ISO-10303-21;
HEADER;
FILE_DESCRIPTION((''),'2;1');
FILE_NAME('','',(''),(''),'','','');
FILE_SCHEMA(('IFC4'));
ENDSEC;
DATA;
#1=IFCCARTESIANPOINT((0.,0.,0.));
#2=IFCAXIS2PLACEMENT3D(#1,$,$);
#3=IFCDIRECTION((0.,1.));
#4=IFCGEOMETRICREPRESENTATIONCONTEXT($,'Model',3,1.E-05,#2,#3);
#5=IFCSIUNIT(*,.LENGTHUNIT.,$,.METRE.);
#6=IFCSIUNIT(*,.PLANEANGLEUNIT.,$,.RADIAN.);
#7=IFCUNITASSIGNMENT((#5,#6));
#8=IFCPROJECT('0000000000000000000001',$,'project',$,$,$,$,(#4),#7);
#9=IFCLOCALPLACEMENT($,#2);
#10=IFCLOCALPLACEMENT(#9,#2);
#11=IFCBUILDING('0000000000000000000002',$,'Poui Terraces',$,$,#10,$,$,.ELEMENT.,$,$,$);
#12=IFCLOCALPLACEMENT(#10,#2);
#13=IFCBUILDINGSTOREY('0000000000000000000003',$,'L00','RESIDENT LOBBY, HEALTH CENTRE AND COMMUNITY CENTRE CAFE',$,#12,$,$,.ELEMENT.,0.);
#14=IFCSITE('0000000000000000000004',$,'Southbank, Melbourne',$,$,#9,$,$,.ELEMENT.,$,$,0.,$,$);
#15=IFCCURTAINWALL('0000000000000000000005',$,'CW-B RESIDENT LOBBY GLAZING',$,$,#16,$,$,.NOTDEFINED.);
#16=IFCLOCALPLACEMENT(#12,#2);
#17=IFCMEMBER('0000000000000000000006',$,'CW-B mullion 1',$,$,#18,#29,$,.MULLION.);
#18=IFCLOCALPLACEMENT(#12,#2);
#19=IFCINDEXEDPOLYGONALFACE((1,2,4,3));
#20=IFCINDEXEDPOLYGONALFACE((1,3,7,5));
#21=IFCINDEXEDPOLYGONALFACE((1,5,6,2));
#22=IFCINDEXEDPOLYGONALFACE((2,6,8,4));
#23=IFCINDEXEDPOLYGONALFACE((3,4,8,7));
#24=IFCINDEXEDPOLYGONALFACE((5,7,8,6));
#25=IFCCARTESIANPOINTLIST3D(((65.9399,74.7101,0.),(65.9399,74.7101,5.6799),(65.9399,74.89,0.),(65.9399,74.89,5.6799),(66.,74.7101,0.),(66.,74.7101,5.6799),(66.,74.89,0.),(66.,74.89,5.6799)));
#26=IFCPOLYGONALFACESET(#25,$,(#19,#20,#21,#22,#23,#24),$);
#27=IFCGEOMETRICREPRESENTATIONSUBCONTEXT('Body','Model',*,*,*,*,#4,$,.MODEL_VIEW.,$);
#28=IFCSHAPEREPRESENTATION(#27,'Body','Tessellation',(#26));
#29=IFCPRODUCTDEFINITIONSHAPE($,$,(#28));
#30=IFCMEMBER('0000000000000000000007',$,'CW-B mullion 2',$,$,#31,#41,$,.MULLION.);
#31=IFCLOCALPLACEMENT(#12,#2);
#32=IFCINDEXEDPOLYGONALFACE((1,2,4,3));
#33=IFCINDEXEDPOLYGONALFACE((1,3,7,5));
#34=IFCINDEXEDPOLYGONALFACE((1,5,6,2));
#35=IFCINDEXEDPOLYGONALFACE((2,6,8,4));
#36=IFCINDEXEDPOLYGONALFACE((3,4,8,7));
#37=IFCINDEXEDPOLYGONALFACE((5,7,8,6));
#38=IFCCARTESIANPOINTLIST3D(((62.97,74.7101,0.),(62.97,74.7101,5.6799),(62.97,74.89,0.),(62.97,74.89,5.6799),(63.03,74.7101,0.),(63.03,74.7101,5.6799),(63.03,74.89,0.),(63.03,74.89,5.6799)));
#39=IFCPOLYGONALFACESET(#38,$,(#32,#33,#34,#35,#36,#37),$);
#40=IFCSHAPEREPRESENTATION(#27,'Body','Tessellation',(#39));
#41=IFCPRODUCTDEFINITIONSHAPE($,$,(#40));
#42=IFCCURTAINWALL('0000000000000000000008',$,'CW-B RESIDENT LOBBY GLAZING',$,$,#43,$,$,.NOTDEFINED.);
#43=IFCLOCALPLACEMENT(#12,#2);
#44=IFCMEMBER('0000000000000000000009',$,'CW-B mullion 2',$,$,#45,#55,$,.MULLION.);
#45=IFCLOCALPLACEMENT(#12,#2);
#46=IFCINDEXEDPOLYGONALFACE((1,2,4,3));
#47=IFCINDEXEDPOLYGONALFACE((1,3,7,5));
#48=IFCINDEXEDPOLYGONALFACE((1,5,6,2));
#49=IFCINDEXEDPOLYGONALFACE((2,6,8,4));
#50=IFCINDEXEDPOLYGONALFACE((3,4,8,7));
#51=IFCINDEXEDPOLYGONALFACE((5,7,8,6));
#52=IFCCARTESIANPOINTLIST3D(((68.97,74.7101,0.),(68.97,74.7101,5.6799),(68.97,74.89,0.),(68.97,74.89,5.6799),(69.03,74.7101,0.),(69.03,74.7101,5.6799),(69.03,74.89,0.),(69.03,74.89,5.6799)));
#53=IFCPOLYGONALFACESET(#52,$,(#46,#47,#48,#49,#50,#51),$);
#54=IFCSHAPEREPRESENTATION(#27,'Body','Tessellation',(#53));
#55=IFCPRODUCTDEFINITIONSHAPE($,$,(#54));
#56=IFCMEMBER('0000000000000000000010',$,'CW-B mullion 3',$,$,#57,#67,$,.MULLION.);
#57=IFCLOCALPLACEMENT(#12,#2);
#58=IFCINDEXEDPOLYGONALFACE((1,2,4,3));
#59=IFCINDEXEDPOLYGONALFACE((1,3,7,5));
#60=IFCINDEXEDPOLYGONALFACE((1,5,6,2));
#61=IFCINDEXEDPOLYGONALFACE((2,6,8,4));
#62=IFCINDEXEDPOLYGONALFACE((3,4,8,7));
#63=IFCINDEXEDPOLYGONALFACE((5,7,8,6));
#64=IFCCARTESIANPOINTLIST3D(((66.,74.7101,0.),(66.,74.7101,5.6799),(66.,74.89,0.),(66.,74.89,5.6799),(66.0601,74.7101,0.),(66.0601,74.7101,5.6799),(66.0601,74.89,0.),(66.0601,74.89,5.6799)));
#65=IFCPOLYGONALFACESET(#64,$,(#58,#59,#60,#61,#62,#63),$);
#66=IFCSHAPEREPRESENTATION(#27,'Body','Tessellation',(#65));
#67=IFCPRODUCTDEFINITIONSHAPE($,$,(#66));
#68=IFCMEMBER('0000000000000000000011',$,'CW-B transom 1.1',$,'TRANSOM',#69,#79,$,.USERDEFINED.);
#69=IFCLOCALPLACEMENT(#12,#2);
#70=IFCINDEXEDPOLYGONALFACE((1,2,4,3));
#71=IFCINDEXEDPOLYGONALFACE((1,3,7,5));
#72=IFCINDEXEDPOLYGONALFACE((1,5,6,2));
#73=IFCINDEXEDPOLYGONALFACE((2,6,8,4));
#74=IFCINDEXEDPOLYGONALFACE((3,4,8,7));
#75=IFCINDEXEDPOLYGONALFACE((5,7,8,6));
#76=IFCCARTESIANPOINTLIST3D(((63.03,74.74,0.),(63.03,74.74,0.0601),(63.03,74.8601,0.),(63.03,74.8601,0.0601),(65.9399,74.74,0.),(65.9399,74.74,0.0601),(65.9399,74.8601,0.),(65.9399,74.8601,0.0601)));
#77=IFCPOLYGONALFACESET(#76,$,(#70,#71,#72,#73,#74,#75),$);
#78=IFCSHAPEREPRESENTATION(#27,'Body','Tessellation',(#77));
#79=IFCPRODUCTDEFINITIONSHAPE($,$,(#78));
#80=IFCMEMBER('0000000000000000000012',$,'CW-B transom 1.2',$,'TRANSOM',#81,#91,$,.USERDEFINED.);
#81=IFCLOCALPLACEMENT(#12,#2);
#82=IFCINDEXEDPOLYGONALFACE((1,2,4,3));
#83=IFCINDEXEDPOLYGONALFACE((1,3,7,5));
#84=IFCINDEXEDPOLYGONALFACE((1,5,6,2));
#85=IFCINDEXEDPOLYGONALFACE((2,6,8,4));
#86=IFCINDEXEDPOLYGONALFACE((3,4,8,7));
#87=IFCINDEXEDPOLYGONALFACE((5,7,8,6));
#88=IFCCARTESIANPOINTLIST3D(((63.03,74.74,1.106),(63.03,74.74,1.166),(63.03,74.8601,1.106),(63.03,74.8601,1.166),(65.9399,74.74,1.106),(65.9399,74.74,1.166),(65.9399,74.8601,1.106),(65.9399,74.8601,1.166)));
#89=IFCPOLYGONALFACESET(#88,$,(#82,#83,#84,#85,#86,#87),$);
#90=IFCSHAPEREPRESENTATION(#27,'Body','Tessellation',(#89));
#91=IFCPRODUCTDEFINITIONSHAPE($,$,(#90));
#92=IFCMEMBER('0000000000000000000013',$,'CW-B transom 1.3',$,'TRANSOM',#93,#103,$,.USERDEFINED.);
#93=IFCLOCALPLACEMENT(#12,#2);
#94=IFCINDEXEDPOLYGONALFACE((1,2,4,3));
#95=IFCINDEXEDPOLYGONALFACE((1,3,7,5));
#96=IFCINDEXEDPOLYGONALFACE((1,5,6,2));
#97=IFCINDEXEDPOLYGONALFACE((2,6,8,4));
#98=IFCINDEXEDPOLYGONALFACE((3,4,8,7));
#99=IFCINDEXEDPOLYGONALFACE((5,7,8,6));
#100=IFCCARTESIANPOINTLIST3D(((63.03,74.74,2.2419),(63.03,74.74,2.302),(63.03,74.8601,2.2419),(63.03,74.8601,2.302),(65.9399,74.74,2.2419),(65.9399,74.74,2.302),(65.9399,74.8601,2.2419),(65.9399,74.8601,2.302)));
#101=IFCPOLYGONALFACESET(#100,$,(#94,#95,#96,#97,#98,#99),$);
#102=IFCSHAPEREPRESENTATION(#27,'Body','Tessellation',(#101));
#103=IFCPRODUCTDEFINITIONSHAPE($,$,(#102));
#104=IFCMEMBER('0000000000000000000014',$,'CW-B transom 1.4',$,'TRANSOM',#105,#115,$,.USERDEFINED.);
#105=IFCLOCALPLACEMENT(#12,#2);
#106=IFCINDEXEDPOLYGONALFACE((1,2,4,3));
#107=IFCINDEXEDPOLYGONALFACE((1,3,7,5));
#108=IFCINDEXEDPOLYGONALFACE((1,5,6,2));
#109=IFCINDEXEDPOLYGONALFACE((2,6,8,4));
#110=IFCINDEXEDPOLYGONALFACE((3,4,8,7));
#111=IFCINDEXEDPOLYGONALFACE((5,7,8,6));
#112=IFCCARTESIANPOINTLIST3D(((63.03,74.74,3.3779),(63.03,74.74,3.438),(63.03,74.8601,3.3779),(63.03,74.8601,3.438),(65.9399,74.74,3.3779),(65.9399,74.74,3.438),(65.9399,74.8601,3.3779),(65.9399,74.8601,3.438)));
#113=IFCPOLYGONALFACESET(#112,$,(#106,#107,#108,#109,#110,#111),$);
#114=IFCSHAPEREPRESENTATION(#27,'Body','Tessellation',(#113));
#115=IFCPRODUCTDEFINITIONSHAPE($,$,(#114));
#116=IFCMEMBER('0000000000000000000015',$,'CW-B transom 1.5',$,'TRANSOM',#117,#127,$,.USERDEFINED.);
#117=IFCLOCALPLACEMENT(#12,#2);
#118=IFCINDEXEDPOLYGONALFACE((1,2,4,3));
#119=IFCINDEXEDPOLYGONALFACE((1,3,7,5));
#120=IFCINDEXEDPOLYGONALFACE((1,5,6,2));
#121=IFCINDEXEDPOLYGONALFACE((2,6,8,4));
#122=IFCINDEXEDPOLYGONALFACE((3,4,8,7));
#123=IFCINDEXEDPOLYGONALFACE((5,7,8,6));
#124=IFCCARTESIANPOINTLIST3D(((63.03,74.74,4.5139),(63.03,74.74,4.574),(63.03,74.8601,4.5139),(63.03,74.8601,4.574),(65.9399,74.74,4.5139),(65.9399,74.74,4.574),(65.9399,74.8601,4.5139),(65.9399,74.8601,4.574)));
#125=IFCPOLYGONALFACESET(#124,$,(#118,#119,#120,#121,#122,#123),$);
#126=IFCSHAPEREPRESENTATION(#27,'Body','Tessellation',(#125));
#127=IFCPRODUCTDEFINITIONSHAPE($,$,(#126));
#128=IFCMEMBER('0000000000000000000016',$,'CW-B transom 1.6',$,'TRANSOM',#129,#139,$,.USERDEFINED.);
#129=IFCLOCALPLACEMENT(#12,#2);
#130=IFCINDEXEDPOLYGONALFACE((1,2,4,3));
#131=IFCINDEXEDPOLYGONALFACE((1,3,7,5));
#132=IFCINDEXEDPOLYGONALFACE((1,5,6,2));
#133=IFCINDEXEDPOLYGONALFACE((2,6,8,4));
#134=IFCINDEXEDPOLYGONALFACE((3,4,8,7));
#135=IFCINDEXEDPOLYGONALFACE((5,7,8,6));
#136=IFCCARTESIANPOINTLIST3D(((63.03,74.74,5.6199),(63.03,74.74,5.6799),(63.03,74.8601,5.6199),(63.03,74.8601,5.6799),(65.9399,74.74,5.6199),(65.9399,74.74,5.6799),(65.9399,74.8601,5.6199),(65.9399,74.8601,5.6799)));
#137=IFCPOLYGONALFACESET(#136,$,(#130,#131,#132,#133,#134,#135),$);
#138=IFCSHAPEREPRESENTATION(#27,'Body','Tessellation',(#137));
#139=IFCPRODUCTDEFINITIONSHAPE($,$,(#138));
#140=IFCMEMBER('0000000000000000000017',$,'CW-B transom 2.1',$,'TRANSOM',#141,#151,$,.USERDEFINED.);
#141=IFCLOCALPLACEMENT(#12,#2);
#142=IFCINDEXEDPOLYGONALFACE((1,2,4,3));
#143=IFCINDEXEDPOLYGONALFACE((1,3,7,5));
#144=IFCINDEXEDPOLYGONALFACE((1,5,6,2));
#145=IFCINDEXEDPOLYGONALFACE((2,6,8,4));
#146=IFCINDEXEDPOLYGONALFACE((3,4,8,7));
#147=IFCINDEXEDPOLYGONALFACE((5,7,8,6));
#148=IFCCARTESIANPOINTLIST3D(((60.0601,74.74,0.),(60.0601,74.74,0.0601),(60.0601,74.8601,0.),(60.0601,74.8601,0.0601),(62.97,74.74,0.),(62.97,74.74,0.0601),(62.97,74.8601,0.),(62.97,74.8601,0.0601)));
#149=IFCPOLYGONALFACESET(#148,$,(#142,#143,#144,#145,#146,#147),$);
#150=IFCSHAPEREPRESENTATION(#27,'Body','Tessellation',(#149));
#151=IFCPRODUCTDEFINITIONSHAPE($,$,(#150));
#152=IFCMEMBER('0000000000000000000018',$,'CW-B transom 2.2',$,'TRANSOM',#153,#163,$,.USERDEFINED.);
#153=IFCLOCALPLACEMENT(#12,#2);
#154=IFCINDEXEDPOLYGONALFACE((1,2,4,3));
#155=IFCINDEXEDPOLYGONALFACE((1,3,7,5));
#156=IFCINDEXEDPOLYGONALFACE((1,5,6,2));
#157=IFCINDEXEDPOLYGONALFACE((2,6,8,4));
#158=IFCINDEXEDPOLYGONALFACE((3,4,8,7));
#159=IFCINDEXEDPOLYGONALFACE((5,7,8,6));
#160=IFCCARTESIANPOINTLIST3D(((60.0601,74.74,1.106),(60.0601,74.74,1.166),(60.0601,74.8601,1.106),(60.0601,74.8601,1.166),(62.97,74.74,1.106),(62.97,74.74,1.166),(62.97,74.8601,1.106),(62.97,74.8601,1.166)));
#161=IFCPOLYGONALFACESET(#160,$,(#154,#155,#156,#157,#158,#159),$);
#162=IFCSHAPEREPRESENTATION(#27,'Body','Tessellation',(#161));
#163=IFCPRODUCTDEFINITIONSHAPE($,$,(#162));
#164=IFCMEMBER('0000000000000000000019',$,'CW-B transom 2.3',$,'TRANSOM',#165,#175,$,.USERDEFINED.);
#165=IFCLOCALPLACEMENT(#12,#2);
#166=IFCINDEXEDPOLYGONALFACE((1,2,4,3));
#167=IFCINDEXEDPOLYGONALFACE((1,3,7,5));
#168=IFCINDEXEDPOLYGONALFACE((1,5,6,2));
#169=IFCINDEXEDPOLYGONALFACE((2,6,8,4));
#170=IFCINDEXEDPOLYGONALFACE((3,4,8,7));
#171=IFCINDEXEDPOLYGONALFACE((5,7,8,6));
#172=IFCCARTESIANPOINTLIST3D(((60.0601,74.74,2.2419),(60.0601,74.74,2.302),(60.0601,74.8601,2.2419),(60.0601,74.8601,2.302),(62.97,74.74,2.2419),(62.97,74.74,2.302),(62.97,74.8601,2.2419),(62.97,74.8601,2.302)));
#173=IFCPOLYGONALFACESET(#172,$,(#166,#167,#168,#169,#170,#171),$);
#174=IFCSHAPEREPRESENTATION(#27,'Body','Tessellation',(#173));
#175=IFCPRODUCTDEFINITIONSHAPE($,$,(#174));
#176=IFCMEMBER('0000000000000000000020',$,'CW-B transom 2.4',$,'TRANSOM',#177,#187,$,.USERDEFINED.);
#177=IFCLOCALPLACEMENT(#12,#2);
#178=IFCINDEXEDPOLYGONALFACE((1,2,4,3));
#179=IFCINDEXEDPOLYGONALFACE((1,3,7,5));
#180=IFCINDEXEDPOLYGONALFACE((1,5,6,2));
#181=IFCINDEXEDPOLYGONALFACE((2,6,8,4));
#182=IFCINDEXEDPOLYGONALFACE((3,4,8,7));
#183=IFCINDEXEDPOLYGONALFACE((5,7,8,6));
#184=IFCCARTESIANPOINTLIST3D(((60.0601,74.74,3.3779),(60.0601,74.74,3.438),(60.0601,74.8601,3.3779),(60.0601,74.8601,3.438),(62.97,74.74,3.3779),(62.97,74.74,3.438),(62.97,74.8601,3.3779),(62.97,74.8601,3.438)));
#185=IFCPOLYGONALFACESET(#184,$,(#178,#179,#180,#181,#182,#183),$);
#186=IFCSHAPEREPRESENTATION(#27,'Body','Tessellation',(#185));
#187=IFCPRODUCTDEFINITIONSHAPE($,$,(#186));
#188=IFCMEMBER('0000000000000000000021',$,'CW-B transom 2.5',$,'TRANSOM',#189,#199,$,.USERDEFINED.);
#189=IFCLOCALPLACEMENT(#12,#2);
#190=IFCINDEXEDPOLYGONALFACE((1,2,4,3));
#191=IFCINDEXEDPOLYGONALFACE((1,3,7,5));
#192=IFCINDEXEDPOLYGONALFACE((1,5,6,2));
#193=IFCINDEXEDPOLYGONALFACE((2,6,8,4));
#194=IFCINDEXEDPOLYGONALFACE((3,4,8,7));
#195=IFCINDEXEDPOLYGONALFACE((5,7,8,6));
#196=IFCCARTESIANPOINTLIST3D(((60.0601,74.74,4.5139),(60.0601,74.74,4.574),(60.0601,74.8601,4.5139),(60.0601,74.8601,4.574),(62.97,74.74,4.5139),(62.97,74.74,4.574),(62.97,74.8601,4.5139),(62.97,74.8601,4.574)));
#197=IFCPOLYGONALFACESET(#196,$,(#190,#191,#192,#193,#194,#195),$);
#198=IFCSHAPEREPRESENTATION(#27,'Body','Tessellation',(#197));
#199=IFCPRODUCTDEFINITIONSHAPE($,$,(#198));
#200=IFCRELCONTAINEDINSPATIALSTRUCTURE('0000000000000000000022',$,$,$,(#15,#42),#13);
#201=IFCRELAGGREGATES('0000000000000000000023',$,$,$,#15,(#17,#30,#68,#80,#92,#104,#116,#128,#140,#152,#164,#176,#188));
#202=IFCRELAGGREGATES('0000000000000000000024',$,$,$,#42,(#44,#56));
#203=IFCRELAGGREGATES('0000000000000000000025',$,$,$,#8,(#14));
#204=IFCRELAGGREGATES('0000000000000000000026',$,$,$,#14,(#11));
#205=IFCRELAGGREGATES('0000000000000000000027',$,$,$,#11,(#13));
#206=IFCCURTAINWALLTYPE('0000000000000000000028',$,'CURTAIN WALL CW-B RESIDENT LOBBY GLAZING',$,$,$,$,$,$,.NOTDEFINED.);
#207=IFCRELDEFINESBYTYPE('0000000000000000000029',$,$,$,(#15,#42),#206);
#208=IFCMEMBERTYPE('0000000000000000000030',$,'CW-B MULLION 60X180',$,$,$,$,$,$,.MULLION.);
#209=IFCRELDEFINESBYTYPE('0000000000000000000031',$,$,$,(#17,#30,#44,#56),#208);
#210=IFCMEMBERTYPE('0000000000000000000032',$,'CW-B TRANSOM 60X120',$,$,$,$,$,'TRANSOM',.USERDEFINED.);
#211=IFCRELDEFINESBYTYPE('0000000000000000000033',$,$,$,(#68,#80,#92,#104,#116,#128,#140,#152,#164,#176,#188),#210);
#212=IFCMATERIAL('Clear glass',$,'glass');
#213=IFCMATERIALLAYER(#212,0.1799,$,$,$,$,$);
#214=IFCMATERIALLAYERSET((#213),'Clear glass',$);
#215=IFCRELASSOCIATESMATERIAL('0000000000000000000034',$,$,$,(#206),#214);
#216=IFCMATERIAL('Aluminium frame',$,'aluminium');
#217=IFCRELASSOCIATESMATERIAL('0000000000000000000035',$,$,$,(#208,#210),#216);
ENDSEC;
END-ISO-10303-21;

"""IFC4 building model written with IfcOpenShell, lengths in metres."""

from ifc_helpers import new_model, si_unit, direction, frame, origin, origin_2d, place, context, subcontext, project, spatial, rectangle, extrude, material, layer, layer_set, material_profile, profile_set, type_object, element, aggregate, save


model = new_model("IFC4")

# Units and contexts
model_context = context("Model", 3, precision=1e-05, world=origin(), true_north=direction((0.0, 1.0)))
body_context = subcontext(model_context, "Body", "Model", "MODEL_VIEW")
ifc_project = project(units=[si_unit("LENGTHUNIT", "METRE"), si_unit("PLANEANGLEUNIT", "RADIAN")], contexts=[model_context])

# Site, building, storey
site_placement = place(None, origin())
site = spatial("IfcSite", under=ifc_project, at=site_placement, Name="Southbank, Melbourne", CompositionType="ELEMENT", RefElevation=0.0)
building_placement = place(site_placement, origin())
building = spatial("IfcBuilding", under=site, at=building_placement, Name="Poui Terraces", CompositionType="ELEMENT")
storey_placement = place(building_placement, origin())
storey = spatial("IfcBuildingStorey", under=building, at=storey_placement, Name="L00", Description="RESIDENT LOBBY, HEALTH CENTRE AND COMMUNITY CENTRE CAFE", CompositionType="ELEMENT", Elevation=0.0)

# Curtain walls, members
ifc_material_1 = material(Name="Clear glass", Category="glass")
ifc_layer_1 = layer(ifc_material_1, 0.1799)
ifc_layer_set_1 = layer_set([ifc_layer_1], Name="Clear glass")
curtain_wall_type = type_object("IfcCurtainWallType", Name="CURTAIN WALL CW-B RESIDENT LOBBY GLAZING", PredefinedType="NOTDEFINED", material=ifc_layer_set_1)
curtain_wall_1_placement = place(storey_placement, origin())
curtain_wall_1 = element("IfcCurtainWall", 1, at=curtain_wall_1_placement, inside=storey, type_object=curtain_wall_type, Name="CW-B RESIDENT LOBBY GLAZING", PredefinedType="NOTDEFINED")
ifc_material_2 = material(Name="Aluminium frame", Category="aluminium")
ifc_material_profile_1 = material_profile(ifc_material_2, rectangle(XDim=0.1799, YDim=0.0601, at=origin_2d()), Name="CW-B MULLION 60X180")
ifc_profile_set_1 = profile_set([ifc_material_profile_1], Name="Aluminium frame")
member_type_1 = type_object("IfcMemberType", Name="CW-B MULLION 60X180", PredefinedType="MULLION", material=ifc_profile_set_1)
member_1_placement = place(storey_placement, frame((65.97, 74.8, 0.0), z_axis=(0.0, 0.0, 1.0), x_axis=(0.0, -1.0, 0.0)))
member_1 = element("IfcMember", 2, at=member_1_placement, type_object=member_type_1, Name="CW-B mullion 1", PredefinedType="MULLION", context=body_context, shape_type="SweptSolid", body=[
    extrude(rectangle(XDim=0.1799, YDim=0.0601, at=origin_2d()), origin(), (0.0, 0.0, 1.0), 5.6799),
])
member_2_placement = place(storey_placement, frame((63.0, 74.8, 0.0), z_axis=(0.0, 0.0, 1.0), x_axis=(0.0, -1.0, 0.0)))
member_2 = element("IfcMember", 3, at=member_2_placement, type_object=member_type_1, Name="CW-B mullion 2", PredefinedType="MULLION", context=body_context, shape_type="SweptSolid", body=[
    extrude(rectangle(XDim=0.1799, YDim=0.0601, at=origin_2d()), origin(), (0.0, 0.0, 1.0), 5.6799),
])
curtain_wall_2_placement = place(storey_placement, origin())
curtain_wall_2 = element("IfcCurtainWall", 4, at=curtain_wall_2_placement, inside=storey, type_object=curtain_wall_type, Name="CW-B RESIDENT LOBBY GLAZING", PredefinedType="NOTDEFINED")
member_3_placement = place(storey_placement, frame((69.0, 74.8, 0.0), z_axis=(0.0, 0.0, 1.0), x_axis=(0.0, -1.0, 0.0)))
member_3 = element("IfcMember", 5, at=member_3_placement, type_object=member_type_1, Name="CW-B mullion 2", PredefinedType="MULLION", context=body_context, shape_type="SweptSolid", body=[
    extrude(rectangle(XDim=0.1799, YDim=0.0601, at=origin_2d()), origin(), (0.0, 0.0, 1.0), 5.6799),
])
member_4_placement = place(storey_placement, frame((66.03, 74.8, 0.0), z_axis=(0.0, 0.0, 1.0), x_axis=(0.0, -1.0, 0.0)))
member_4 = element("IfcMember", 6, at=member_4_placement, type_object=member_type_1, Name="CW-B mullion 3", PredefinedType="MULLION", context=body_context, shape_type="SweptSolid", body=[
    extrude(rectangle(XDim=0.1799, YDim=0.0601, at=origin_2d()), origin(), (0.0, 0.0, 1.0), 5.6799),
])

# Members
ifc_material_profile_2 = material_profile(ifc_material_2, rectangle(XDim=0.1201, YDim=0.0601, at=origin_2d()), Name="CW-B TRANSOM 60X120")
ifc_profile_set_2 = profile_set([ifc_material_profile_2], Name="Aluminium frame")
member_type_2 = type_object("IfcMemberType", Name="CW-B TRANSOM 60X120", ElementType="TRANSOM", PredefinedType="USERDEFINED", material=ifc_profile_set_2)
member_5_placement = place(storey_placement, frame((65.9399, 74.8, 0.03), z_axis=(-1.0, 0.0, 0.0), x_axis=(0.0, -1.0, 0.0)))
member_5 = element("IfcMember", 7, at=member_5_placement, type_object=member_type_2, Name="CW-B transom 1.1", ObjectType="TRANSOM", PredefinedType="USERDEFINED", context=body_context, shape_type="SweptSolid", body=[
    extrude(rectangle(XDim=0.1201, YDim=0.0601, at=origin_2d()), origin(), (0.0, 0.0, 1.0), 2.9099),
])
member_6_placement = place(storey_placement, frame((65.9399, 74.8, 1.136), z_axis=(-1.0, 0.0, 0.0), x_axis=(0.0, -1.0, 0.0)))
member_6 = element("IfcMember", 8, at=member_6_placement, type_object=member_type_2, Name="CW-B transom 1.2", ObjectType="TRANSOM", PredefinedType="USERDEFINED", context=body_context, shape_type="SweptSolid", body=[
    extrude(rectangle(XDim=0.1201, YDim=0.0601, at=origin_2d()), origin(), (0.0, 0.0, 1.0), 2.9099),
])
member_7_placement = place(storey_placement, frame((65.9399, 74.8, 2.272), z_axis=(-1.0, 0.0, 0.0), x_axis=(0.0, -1.0, 0.0)))
member_7 = element("IfcMember", 9, at=member_7_placement, type_object=member_type_2, Name="CW-B transom 1.3", ObjectType="TRANSOM", PredefinedType="USERDEFINED", context=body_context, shape_type="SweptSolid", body=[
    extrude(rectangle(XDim=0.1201, YDim=0.0601, at=origin_2d()), origin(), (0.0, 0.0, 1.0), 2.9099),
])
member_8_placement = place(storey_placement, frame((65.9399, 74.8, 3.408), z_axis=(-1.0, 0.0, 0.0), x_axis=(0.0, -1.0, 0.0)))
member_8 = element("IfcMember", 10, at=member_8_placement, type_object=member_type_2, Name="CW-B transom 1.4", ObjectType="TRANSOM", PredefinedType="USERDEFINED", context=body_context, shape_type="SweptSolid", body=[
    extrude(rectangle(XDim=0.1201, YDim=0.0601, at=origin_2d()), origin(), (0.0, 0.0, 1.0), 2.9099),
])
member_9_placement = place(storey_placement, frame((65.9399, 74.8, 4.5439), z_axis=(-1.0, 0.0, 0.0), x_axis=(0.0, -1.0, 0.0)))
member_9 = element("IfcMember", 11, at=member_9_placement, type_object=member_type_2, Name="CW-B transom 1.5", ObjectType="TRANSOM", PredefinedType="USERDEFINED", context=body_context, shape_type="SweptSolid", body=[
    extrude(rectangle(XDim=0.1201, YDim=0.0601, at=origin_2d()), origin(), (0.0, 0.0, 1.0), 2.9099),
])
member_10_placement = place(storey_placement, frame((65.9399, 74.8, 5.6499), z_axis=(-1.0, 0.0, 0.0), x_axis=(0.0, -1.0, 0.0)))
member_10 = element("IfcMember", 12, at=member_10_placement, type_object=member_type_2, Name="CW-B transom 1.6", ObjectType="TRANSOM", PredefinedType="USERDEFINED", context=body_context, shape_type="SweptSolid", body=[
    extrude(rectangle(XDim=0.1201, YDim=0.0601, at=origin_2d()), origin(), (0.0, 0.0, 1.0), 2.9099),
])
member_11_placement = place(storey_placement, frame((62.97, 74.8, 0.03), z_axis=(-1.0, 0.0, 0.0), x_axis=(0.0, -1.0, 0.0)))
member_11 = element("IfcMember", 13, at=member_11_placement, type_object=member_type_2, Name="CW-B transom 2.1", ObjectType="TRANSOM", PredefinedType="USERDEFINED", context=body_context, shape_type="SweptSolid", body=[
    extrude(rectangle(XDim=0.1201, YDim=0.0601, at=origin_2d()), origin(), (0.0, 0.0, 1.0), 2.9099),
])
member_12_placement = place(storey_placement, frame((62.97, 74.8, 1.136), z_axis=(-1.0, 0.0, 0.0), x_axis=(0.0, -1.0, 0.0)))
member_12 = element("IfcMember", 14, at=member_12_placement, type_object=member_type_2, Name="CW-B transom 2.2", ObjectType="TRANSOM", PredefinedType="USERDEFINED", context=body_context, shape_type="SweptSolid", body=[
    extrude(rectangle(XDim=0.1201, YDim=0.0601, at=origin_2d()), origin(), (0.0, 0.0, 1.0), 2.9099),
])
member_13_placement = place(storey_placement, frame((62.97, 74.8, 2.272), z_axis=(-1.0, 0.0, 0.0), x_axis=(0.0, -1.0, 0.0)))
member_13 = element("IfcMember", 15, at=member_13_placement, type_object=member_type_2, Name="CW-B transom 2.3", ObjectType="TRANSOM", PredefinedType="USERDEFINED", context=body_context, shape_type="SweptSolid", body=[
    extrude(rectangle(XDim=0.1201, YDim=0.0601, at=origin_2d()), origin(), (0.0, 0.0, 1.0), 2.9099),
])
member_14_placement = place(storey_placement, frame((62.97, 74.8, 3.408), z_axis=(-1.0, 0.0, 0.0), x_axis=(0.0, -1.0, 0.0)))
member_14 = element("IfcMember", 16, at=member_14_placement, type_object=member_type_2, Name="CW-B transom 2.4", ObjectType="TRANSOM", PredefinedType="USERDEFINED", context=body_context, shape_type="SweptSolid", body=[
    extrude(rectangle(XDim=0.1201, YDim=0.0601, at=origin_2d()), origin(), (0.0, 0.0, 1.0), 2.9099),
])
member_15_placement = place(storey_placement, frame((62.97, 74.8, 4.5439), z_axis=(-1.0, 0.0, 0.0), x_axis=(0.0, -1.0, 0.0)))
member_15 = element("IfcMember", 17, at=member_15_placement, type_object=member_type_2, Name="CW-B transom 2.5", ObjectType="TRANSOM", PredefinedType="USERDEFINED", context=body_context, shape_type="SweptSolid", body=[
    extrude(rectangle(XDim=0.1201, YDim=0.0601, at=origin_2d()), origin(), (0.0, 0.0, 1.0), 2.9099),
])

aggregate(curtain_wall_1, [member_1, member_2, member_5, member_6, member_7, member_8, member_9, member_10, member_11, member_12, member_13, member_14, member_15])
aggregate(curtain_wall_2, [member_3, member_4])

save(model, "model.ifc")
